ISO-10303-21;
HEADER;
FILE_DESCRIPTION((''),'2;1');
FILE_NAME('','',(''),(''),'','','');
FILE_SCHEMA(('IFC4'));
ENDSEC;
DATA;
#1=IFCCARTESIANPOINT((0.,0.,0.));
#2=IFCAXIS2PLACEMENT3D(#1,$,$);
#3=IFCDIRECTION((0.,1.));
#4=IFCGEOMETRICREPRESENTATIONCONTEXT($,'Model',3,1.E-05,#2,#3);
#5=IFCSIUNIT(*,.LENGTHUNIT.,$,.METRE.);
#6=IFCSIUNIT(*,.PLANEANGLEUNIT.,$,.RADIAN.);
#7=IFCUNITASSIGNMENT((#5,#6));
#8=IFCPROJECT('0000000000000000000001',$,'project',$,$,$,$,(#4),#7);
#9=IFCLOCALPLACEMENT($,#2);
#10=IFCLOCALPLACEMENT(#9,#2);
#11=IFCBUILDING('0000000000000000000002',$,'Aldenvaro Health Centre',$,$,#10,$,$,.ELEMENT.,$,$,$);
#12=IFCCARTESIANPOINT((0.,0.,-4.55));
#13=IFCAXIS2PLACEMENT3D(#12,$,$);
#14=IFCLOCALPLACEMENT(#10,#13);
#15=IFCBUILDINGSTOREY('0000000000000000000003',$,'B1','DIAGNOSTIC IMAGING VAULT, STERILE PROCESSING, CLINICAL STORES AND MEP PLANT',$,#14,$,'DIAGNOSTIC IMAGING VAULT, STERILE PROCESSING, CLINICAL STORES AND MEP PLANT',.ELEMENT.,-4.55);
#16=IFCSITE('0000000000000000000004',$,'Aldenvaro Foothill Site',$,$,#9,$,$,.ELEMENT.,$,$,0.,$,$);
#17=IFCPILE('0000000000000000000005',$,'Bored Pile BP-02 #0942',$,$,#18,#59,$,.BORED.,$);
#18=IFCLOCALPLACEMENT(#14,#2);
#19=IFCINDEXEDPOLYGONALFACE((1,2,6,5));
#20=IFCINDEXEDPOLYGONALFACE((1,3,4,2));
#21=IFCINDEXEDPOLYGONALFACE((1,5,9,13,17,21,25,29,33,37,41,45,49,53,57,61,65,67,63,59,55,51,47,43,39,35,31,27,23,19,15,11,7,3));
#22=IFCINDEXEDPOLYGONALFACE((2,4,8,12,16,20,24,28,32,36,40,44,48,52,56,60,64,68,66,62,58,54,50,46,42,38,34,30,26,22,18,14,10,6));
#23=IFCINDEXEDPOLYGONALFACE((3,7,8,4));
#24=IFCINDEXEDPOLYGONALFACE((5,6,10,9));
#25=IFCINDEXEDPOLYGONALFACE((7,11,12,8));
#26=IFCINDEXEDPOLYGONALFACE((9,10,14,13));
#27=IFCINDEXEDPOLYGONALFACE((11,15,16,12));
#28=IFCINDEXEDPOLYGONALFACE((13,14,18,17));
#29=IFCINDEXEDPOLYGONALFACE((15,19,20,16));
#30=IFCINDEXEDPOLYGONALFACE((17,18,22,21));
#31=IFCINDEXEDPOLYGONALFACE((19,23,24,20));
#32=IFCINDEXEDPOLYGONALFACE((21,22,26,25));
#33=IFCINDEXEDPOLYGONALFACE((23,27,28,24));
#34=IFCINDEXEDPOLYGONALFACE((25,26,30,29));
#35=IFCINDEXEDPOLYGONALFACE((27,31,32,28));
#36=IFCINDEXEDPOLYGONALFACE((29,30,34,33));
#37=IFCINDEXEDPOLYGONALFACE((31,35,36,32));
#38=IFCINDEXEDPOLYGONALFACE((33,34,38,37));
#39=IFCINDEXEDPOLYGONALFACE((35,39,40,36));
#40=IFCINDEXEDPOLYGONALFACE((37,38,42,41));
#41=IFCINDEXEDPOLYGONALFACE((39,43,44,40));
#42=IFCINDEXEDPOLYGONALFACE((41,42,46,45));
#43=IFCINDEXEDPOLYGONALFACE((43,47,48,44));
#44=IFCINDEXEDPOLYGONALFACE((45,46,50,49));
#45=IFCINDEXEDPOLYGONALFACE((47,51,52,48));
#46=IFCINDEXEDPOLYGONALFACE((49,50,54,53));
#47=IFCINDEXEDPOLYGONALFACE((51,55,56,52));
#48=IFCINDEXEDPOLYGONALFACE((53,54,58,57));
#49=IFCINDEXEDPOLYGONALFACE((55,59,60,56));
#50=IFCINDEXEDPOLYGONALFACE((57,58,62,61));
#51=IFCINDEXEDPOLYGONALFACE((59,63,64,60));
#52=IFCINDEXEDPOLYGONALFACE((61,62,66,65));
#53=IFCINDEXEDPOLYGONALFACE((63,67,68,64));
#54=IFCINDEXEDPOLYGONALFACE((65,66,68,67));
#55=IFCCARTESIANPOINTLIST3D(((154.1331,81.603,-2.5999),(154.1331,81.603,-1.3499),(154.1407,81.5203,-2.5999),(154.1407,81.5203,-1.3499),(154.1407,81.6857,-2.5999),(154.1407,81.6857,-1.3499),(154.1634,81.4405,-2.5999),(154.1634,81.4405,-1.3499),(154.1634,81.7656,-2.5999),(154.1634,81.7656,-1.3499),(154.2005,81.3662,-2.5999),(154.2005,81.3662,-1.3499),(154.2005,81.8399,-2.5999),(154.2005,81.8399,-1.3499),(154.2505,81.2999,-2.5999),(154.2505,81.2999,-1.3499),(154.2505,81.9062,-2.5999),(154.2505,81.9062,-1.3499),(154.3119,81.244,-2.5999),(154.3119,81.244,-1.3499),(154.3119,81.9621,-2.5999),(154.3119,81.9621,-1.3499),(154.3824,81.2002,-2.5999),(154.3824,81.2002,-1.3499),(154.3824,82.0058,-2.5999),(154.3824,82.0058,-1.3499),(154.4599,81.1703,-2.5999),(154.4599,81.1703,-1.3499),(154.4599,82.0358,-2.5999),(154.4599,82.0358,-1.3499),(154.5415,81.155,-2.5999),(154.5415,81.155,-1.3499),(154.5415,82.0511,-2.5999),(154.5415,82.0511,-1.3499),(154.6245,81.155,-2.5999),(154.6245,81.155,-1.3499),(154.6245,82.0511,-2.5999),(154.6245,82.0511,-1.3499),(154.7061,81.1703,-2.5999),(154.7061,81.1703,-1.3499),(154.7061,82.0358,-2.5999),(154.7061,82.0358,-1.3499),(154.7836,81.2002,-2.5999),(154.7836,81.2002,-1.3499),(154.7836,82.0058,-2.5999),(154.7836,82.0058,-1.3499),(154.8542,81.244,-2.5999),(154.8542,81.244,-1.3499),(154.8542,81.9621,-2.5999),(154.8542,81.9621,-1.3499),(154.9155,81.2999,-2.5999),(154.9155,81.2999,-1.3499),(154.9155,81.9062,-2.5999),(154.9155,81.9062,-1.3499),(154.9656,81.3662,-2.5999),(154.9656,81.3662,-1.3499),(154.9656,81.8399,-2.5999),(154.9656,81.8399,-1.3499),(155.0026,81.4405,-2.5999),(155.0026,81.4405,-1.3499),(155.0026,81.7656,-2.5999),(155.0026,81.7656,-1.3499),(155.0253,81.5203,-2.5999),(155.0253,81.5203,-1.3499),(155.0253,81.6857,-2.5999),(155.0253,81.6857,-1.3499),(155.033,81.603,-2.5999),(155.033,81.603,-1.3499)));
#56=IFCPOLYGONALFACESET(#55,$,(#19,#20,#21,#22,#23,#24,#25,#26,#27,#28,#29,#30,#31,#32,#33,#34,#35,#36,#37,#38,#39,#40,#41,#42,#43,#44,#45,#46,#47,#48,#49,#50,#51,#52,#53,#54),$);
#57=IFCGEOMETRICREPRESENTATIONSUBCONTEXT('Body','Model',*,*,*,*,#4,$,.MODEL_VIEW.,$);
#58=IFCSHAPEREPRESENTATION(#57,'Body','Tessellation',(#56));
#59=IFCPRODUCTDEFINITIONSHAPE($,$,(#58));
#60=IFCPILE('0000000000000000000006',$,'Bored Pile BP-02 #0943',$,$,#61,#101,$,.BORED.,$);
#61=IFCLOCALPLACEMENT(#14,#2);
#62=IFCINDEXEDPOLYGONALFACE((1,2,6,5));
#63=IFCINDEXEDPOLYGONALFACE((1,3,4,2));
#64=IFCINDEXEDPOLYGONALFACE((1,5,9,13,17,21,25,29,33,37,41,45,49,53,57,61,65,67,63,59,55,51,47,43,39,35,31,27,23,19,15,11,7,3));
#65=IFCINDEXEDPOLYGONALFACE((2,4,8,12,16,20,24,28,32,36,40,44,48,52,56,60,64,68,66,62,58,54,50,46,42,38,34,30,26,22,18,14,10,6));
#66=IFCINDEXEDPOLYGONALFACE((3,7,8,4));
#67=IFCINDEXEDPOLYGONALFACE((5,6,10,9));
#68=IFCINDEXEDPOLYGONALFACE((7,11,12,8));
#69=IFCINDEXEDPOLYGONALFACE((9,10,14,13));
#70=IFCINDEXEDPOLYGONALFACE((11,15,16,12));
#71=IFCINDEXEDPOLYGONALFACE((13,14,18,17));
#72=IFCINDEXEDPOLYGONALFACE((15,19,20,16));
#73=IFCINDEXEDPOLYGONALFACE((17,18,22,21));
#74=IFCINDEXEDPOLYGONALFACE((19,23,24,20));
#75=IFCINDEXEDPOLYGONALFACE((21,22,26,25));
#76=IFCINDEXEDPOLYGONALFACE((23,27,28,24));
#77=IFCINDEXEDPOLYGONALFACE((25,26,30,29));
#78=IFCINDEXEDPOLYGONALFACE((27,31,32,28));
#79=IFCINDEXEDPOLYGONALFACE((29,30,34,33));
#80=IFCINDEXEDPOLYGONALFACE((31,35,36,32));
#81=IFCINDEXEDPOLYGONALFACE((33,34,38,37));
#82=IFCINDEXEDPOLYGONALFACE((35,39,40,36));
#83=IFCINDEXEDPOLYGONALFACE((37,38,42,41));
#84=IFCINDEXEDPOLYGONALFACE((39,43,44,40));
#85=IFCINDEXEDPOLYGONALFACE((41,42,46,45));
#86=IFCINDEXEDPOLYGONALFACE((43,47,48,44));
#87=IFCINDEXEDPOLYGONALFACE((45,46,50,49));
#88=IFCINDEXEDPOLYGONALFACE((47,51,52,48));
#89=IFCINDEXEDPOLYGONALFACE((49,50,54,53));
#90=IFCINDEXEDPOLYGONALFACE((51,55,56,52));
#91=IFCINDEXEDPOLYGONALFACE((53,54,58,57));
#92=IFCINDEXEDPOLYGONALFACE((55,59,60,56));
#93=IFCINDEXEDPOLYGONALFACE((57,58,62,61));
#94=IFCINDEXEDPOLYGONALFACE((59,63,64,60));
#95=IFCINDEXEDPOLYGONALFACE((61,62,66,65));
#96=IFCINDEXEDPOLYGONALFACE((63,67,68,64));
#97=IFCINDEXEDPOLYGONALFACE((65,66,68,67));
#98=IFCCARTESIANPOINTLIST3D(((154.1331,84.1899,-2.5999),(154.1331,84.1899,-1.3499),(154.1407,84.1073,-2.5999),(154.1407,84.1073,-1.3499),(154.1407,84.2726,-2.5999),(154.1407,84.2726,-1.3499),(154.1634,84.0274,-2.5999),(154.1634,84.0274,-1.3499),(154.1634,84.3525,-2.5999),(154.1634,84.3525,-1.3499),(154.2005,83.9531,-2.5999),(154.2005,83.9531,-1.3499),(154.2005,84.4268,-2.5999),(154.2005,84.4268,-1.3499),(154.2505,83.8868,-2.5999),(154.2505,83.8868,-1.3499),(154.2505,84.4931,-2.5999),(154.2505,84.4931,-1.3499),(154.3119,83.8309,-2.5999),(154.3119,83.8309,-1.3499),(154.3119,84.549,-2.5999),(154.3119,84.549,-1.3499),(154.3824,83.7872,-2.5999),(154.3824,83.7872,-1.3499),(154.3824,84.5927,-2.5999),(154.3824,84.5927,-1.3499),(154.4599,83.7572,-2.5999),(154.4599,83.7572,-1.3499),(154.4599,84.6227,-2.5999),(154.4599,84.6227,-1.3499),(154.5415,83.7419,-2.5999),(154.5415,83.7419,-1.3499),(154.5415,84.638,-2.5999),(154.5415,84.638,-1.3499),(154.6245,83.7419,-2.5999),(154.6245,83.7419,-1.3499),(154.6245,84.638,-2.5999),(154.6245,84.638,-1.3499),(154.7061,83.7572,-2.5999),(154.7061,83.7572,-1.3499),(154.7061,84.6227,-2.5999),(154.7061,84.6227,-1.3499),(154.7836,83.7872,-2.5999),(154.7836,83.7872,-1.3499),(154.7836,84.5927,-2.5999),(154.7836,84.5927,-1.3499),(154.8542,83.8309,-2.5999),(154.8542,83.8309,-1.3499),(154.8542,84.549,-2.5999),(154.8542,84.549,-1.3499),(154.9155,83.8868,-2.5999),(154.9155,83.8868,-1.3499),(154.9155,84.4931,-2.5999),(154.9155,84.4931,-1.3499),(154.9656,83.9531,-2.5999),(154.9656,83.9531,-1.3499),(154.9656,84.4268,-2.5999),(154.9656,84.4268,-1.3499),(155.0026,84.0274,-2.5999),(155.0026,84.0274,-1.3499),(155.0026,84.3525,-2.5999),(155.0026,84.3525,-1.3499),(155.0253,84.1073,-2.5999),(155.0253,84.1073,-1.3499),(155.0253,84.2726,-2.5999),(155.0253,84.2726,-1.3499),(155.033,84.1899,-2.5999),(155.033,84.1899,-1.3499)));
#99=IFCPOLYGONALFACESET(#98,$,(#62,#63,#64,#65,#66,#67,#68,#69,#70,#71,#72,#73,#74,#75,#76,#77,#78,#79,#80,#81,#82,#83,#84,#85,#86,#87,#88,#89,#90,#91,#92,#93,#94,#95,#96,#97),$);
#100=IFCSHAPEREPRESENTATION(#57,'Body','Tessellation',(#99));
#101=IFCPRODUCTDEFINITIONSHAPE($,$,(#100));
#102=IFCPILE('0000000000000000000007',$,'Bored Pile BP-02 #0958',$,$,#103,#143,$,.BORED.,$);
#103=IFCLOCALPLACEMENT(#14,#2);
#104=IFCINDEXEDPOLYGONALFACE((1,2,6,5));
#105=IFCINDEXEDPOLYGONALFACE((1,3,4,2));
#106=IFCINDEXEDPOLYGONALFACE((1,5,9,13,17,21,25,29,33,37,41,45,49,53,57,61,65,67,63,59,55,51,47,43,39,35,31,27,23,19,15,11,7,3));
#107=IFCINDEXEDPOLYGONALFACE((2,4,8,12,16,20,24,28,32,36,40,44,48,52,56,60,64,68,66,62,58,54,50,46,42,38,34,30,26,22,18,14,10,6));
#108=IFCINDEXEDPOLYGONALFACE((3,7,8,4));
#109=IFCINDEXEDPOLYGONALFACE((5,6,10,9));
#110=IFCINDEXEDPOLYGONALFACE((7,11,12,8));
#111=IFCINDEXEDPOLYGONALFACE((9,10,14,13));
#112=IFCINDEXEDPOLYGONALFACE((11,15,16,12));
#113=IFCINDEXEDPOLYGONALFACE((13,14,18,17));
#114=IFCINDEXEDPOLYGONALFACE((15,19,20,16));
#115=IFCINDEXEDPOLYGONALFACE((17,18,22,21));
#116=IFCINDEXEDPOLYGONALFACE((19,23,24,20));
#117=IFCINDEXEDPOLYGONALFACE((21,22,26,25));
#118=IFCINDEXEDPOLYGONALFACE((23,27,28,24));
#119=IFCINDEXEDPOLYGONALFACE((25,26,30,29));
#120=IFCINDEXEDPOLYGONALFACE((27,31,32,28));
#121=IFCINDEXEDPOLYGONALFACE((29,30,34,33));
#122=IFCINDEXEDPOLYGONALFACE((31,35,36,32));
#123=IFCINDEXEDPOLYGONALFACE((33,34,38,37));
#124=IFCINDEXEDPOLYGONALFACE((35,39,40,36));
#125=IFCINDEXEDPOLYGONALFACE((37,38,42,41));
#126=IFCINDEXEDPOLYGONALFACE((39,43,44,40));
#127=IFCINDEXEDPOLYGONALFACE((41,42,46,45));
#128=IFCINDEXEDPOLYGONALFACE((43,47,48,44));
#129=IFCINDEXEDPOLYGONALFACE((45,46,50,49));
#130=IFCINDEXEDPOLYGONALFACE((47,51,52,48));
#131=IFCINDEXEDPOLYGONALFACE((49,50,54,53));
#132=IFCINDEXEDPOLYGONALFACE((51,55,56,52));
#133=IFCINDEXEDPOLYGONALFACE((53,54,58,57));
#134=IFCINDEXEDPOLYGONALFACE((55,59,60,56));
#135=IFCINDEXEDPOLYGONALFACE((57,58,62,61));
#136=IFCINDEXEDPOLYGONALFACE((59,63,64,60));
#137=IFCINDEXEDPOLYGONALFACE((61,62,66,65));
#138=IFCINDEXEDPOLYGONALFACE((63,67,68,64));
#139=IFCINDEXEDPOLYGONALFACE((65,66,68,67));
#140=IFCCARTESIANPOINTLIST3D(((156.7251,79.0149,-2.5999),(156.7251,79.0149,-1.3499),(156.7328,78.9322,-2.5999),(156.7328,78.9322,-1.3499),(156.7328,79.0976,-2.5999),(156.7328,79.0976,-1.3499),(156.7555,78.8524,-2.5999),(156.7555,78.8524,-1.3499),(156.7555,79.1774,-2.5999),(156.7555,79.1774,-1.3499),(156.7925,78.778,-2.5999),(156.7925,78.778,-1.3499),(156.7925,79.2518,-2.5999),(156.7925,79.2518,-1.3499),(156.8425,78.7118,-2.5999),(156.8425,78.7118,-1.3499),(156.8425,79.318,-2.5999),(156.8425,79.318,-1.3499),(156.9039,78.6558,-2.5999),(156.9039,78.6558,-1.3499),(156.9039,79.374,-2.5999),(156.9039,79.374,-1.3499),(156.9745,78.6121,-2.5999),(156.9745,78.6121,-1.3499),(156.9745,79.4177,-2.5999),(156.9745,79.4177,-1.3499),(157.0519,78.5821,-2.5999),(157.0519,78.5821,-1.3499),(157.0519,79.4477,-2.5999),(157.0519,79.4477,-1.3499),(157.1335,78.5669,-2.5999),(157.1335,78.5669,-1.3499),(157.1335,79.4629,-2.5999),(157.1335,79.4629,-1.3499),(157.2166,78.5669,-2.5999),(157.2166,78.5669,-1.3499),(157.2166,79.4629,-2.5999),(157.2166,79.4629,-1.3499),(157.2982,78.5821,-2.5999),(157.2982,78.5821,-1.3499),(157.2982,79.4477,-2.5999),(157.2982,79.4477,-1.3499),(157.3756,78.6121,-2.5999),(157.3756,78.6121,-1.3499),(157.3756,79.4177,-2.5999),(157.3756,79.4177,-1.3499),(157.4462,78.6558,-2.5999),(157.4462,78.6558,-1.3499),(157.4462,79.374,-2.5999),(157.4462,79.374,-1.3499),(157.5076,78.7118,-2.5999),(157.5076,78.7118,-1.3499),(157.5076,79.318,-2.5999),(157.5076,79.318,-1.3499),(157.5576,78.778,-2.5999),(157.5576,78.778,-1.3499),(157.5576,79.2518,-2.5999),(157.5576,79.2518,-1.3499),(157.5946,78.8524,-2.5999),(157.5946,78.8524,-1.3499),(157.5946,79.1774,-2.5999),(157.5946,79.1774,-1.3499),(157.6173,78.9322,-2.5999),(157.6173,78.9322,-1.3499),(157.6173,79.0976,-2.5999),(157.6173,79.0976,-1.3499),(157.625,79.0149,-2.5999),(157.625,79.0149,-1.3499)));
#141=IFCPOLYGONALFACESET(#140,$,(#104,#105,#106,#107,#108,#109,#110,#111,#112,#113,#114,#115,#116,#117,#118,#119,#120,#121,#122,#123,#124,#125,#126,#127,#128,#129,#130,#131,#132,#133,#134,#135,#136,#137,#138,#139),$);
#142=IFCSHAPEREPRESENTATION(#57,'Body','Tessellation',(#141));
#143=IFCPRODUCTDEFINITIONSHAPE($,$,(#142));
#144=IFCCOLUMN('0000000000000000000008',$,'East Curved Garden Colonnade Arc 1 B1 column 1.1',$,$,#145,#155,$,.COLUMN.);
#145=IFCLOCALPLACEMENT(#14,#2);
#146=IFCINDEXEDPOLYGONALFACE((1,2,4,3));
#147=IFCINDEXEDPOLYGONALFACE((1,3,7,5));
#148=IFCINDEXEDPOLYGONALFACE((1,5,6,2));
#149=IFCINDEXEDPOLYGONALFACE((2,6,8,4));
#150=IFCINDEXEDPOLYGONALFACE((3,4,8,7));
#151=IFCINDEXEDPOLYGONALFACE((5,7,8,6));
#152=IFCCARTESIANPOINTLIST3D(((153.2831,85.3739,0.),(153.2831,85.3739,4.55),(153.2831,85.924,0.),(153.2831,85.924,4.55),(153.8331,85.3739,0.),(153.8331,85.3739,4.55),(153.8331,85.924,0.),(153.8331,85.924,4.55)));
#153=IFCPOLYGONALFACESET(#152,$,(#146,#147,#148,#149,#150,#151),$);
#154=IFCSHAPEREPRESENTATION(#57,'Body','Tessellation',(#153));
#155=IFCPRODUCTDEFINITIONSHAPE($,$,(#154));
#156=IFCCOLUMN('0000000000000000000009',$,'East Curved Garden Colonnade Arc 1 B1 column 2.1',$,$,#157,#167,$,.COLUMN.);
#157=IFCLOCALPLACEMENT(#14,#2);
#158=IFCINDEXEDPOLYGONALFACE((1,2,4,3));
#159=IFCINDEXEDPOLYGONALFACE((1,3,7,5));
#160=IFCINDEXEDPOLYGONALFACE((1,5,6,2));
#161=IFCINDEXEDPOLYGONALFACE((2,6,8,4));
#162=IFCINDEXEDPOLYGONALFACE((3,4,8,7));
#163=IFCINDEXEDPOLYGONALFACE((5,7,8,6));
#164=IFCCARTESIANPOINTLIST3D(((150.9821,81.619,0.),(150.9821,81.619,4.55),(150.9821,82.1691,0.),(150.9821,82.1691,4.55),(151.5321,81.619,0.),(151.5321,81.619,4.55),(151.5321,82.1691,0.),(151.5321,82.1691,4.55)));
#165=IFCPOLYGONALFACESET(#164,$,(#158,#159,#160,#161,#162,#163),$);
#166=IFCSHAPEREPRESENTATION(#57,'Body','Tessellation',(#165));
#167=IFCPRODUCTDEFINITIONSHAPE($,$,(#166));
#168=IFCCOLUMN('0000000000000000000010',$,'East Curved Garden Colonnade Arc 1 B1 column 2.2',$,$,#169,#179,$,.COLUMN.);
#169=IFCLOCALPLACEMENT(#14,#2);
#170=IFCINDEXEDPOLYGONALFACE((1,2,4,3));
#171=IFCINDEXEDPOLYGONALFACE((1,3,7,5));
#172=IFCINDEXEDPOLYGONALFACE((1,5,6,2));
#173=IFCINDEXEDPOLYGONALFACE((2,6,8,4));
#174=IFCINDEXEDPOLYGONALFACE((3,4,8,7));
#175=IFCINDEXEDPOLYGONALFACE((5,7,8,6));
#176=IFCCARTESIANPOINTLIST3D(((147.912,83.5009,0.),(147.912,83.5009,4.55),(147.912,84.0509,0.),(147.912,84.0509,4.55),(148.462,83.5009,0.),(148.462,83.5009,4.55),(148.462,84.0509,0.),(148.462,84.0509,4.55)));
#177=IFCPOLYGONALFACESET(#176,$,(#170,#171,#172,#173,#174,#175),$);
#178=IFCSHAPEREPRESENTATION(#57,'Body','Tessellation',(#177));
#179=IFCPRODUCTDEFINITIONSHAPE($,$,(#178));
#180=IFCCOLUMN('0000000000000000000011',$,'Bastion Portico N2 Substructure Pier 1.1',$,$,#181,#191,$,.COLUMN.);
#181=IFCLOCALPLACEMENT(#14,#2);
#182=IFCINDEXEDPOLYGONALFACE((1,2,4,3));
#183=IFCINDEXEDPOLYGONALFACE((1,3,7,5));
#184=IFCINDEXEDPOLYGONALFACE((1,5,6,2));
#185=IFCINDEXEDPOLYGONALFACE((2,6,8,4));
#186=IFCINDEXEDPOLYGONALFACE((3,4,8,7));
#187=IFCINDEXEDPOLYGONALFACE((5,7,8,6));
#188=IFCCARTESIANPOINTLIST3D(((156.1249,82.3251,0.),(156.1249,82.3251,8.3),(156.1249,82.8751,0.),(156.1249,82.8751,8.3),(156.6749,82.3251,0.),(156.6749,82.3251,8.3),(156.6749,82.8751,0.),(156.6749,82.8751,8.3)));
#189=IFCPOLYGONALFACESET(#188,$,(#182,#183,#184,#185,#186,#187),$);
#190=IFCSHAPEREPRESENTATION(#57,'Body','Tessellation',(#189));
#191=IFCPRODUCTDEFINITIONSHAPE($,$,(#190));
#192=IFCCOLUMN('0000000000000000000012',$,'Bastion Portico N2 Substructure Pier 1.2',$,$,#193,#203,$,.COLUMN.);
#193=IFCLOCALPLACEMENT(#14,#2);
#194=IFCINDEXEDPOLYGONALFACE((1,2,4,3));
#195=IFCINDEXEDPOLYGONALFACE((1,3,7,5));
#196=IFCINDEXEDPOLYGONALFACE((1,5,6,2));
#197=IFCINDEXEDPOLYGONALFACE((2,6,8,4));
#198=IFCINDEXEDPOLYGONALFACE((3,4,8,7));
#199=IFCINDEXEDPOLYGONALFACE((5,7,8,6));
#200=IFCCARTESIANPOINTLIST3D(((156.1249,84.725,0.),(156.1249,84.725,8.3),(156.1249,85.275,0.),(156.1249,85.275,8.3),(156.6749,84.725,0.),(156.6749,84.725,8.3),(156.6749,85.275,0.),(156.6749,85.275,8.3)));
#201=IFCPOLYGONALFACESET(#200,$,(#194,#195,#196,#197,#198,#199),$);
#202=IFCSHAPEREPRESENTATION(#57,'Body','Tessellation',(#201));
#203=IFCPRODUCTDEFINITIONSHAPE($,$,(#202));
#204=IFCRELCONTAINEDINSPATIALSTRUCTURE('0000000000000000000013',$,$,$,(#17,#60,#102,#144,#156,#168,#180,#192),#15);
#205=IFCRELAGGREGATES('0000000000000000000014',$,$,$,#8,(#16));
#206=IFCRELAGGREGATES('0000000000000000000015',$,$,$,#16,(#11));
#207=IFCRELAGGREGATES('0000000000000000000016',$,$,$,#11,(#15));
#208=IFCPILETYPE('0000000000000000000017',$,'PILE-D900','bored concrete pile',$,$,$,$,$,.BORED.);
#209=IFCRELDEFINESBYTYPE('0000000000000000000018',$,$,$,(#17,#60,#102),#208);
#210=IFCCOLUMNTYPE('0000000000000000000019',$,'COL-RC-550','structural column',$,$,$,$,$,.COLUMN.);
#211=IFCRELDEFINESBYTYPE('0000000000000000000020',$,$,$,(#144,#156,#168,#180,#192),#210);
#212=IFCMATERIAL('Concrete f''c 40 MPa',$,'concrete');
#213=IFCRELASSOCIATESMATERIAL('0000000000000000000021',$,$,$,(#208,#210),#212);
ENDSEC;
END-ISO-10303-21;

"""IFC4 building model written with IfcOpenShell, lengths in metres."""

from ifc_helpers import new_model, si_unit, direction, frame, origin, origin_2d, place, context, subcontext, project, spatial, rectangle, circle, extrude, material, material_profile, profile_set, type_object, element, save


model = new_model("IFC4")

# Units and contexts
model_context = context("Model", 3, precision=1e-05, world=origin(), true_north=direction((0.0, 1.0)))
body_context = subcontext(model_context, "Body", "Model", "MODEL_VIEW")
ifc_project = project(units=[si_unit("LENGTHUNIT", "METRE"), si_unit("PLANEANGLEUNIT", "RADIAN")], contexts=[model_context])

# Site, building, storey
site_placement = place(None, origin())
site = spatial("IfcSite", under=ifc_project, at=site_placement, Name="Aldenvaro Foothill Site", CompositionType="ELEMENT", RefElevation=0.0)
building_placement = place(site_placement, origin())
building = spatial("IfcBuilding", under=site, at=building_placement, Name="Aldenvaro Health Centre", CompositionType="ELEMENT")
storey_placement = place(building_placement, frame((0.0, 0.0, -4.55)))
storey = spatial("IfcBuildingStorey", under=building, at=storey_placement, Name="B1", Description="DIAGNOSTIC IMAGING VAULT, STERILE PROCESSING, CLINICAL STORES AND MEP PLANT", LongName="DIAGNOSTIC IMAGING VAULT, STERILE PROCESSING, CLINICAL STORES AND MEP PLANT", CompositionType="ELEMENT", Elevation=-4.55)

# Piles
ifc_material_1 = material(Name="Concrete f'c 40 MPa", Category="concrete")
ifc_material_profile_1 = material_profile(ifc_material_1, circle(Radius=0.45, at=origin_2d()), Name="PILE D900", Category="concrete")
ifc_profile_set_1 = profile_set([ifc_material_profile_1], Name="Concrete f'c 40 MPa")
pile_type = type_object("IfcPileType", Name="PILE-D900", Description="bored concrete pile", PredefinedType="BORED", material=ifc_profile_set_1)
for number, where, z_axis, x_axis, name in (
    (1, (154.583, 81.603, -1.3499), (0.0, 0.0, -1.0), (1.0, 0.0, 0.0), "Bored Pile BP-02 #0942"),
    (2, (154.583, 84.1899, -1.3499), (0.0, 0.0, -1.0), (1.0, 0.0, 0.0), "Bored Pile BP-02 #0943"),
    (3, (157.175, 79.0149, -1.3499), (0.0, 0.0, -1.0), (1.0, 0.0, 0.0), "Bored Pile BP-02 #0958"),
):
    element("IfcPile", number, at=place(storey_placement, frame(where, z_axis=z_axis, x_axis=x_axis)), inside=storey, type_object=pile_type, Name=name, PredefinedType="BORED", context=body_context, shape_type="SweptSolid", body=[
        extrude(circle(Radius=0.45, at=origin_2d()), origin(), (0.0, 0.0, 1.0), 1.25),
    ])

# Columns
ifc_material_profile_2 = material_profile(ifc_material_1, rectangle(XDim=0.55, YDim=0.55, at=origin_2d()), Name="RC 550x550", Category="concrete")
ifc_profile_set_2 = profile_set([ifc_material_profile_2], Name="Concrete f'c 40 MPa")
column_type = type_object("IfcColumnType", Name="COL-RC-550", Description="structural column", PredefinedType="COLUMN", material=ifc_profile_set_2)
for number, where, z_axis, x_axis, name in (
    (4, (153.5581, 85.6489, 0.0), (0.0, 0.0, 1.0), (1.0, 0.0, 0.0), "East Curved Garden Colonnade Arc 1 B1 column 1.1"),
    (5, (151.2571, 81.894, 0.0), (0.0, 0.0, 1.0), (1.0, 0.0, 0.0), "East Curved Garden Colonnade Arc 1 B1 column 2.1"),
    (6, (148.187, 83.7759, 0.0), (0.0, 0.0, 1.0), (1.0, 0.0, 0.0), "East Curved Garden Colonnade Arc 1 B1 column 2.2"),
):
    element("IfcColumn", number, at=place(storey_placement, frame(where, z_axis=z_axis, x_axis=x_axis)), inside=storey, type_object=column_type, Name=name, PredefinedType="COLUMN", context=body_context, shape_type="SweptSolid", body=[
        extrude(rectangle(XDim=0.55, YDim=0.55, at=origin_2d()), origin(), (0.0, 0.0, 1.0), 4.55),
    ])
for number, where, z_axis, x_axis, name in (
    (7, (156.3999, 82.6001, 0.0), (0.0, 0.0, 1.0), (1.0, 0.0, 0.0), "Bastion Portico N2 Substructure Pier 1.1"),
    (8, (156.3999, 85.0, 0.0), (0.0, 0.0, 1.0), (1.0, 0.0, 0.0), "Bastion Portico N2 Substructure Pier 1.2"),
):
    element("IfcColumn", number, at=place(storey_placement, frame(where, z_axis=z_axis, x_axis=x_axis)), inside=storey, type_object=column_type, Name=name, PredefinedType="COLUMN", context=body_context, shape_type="SweptSolid", body=[
        extrude(rectangle(XDim=0.55, YDim=0.55, at=origin_2d()), origin(), (0.0, 0.0, 1.0), 8.3),
    ])

save(model, "model.ifc")
